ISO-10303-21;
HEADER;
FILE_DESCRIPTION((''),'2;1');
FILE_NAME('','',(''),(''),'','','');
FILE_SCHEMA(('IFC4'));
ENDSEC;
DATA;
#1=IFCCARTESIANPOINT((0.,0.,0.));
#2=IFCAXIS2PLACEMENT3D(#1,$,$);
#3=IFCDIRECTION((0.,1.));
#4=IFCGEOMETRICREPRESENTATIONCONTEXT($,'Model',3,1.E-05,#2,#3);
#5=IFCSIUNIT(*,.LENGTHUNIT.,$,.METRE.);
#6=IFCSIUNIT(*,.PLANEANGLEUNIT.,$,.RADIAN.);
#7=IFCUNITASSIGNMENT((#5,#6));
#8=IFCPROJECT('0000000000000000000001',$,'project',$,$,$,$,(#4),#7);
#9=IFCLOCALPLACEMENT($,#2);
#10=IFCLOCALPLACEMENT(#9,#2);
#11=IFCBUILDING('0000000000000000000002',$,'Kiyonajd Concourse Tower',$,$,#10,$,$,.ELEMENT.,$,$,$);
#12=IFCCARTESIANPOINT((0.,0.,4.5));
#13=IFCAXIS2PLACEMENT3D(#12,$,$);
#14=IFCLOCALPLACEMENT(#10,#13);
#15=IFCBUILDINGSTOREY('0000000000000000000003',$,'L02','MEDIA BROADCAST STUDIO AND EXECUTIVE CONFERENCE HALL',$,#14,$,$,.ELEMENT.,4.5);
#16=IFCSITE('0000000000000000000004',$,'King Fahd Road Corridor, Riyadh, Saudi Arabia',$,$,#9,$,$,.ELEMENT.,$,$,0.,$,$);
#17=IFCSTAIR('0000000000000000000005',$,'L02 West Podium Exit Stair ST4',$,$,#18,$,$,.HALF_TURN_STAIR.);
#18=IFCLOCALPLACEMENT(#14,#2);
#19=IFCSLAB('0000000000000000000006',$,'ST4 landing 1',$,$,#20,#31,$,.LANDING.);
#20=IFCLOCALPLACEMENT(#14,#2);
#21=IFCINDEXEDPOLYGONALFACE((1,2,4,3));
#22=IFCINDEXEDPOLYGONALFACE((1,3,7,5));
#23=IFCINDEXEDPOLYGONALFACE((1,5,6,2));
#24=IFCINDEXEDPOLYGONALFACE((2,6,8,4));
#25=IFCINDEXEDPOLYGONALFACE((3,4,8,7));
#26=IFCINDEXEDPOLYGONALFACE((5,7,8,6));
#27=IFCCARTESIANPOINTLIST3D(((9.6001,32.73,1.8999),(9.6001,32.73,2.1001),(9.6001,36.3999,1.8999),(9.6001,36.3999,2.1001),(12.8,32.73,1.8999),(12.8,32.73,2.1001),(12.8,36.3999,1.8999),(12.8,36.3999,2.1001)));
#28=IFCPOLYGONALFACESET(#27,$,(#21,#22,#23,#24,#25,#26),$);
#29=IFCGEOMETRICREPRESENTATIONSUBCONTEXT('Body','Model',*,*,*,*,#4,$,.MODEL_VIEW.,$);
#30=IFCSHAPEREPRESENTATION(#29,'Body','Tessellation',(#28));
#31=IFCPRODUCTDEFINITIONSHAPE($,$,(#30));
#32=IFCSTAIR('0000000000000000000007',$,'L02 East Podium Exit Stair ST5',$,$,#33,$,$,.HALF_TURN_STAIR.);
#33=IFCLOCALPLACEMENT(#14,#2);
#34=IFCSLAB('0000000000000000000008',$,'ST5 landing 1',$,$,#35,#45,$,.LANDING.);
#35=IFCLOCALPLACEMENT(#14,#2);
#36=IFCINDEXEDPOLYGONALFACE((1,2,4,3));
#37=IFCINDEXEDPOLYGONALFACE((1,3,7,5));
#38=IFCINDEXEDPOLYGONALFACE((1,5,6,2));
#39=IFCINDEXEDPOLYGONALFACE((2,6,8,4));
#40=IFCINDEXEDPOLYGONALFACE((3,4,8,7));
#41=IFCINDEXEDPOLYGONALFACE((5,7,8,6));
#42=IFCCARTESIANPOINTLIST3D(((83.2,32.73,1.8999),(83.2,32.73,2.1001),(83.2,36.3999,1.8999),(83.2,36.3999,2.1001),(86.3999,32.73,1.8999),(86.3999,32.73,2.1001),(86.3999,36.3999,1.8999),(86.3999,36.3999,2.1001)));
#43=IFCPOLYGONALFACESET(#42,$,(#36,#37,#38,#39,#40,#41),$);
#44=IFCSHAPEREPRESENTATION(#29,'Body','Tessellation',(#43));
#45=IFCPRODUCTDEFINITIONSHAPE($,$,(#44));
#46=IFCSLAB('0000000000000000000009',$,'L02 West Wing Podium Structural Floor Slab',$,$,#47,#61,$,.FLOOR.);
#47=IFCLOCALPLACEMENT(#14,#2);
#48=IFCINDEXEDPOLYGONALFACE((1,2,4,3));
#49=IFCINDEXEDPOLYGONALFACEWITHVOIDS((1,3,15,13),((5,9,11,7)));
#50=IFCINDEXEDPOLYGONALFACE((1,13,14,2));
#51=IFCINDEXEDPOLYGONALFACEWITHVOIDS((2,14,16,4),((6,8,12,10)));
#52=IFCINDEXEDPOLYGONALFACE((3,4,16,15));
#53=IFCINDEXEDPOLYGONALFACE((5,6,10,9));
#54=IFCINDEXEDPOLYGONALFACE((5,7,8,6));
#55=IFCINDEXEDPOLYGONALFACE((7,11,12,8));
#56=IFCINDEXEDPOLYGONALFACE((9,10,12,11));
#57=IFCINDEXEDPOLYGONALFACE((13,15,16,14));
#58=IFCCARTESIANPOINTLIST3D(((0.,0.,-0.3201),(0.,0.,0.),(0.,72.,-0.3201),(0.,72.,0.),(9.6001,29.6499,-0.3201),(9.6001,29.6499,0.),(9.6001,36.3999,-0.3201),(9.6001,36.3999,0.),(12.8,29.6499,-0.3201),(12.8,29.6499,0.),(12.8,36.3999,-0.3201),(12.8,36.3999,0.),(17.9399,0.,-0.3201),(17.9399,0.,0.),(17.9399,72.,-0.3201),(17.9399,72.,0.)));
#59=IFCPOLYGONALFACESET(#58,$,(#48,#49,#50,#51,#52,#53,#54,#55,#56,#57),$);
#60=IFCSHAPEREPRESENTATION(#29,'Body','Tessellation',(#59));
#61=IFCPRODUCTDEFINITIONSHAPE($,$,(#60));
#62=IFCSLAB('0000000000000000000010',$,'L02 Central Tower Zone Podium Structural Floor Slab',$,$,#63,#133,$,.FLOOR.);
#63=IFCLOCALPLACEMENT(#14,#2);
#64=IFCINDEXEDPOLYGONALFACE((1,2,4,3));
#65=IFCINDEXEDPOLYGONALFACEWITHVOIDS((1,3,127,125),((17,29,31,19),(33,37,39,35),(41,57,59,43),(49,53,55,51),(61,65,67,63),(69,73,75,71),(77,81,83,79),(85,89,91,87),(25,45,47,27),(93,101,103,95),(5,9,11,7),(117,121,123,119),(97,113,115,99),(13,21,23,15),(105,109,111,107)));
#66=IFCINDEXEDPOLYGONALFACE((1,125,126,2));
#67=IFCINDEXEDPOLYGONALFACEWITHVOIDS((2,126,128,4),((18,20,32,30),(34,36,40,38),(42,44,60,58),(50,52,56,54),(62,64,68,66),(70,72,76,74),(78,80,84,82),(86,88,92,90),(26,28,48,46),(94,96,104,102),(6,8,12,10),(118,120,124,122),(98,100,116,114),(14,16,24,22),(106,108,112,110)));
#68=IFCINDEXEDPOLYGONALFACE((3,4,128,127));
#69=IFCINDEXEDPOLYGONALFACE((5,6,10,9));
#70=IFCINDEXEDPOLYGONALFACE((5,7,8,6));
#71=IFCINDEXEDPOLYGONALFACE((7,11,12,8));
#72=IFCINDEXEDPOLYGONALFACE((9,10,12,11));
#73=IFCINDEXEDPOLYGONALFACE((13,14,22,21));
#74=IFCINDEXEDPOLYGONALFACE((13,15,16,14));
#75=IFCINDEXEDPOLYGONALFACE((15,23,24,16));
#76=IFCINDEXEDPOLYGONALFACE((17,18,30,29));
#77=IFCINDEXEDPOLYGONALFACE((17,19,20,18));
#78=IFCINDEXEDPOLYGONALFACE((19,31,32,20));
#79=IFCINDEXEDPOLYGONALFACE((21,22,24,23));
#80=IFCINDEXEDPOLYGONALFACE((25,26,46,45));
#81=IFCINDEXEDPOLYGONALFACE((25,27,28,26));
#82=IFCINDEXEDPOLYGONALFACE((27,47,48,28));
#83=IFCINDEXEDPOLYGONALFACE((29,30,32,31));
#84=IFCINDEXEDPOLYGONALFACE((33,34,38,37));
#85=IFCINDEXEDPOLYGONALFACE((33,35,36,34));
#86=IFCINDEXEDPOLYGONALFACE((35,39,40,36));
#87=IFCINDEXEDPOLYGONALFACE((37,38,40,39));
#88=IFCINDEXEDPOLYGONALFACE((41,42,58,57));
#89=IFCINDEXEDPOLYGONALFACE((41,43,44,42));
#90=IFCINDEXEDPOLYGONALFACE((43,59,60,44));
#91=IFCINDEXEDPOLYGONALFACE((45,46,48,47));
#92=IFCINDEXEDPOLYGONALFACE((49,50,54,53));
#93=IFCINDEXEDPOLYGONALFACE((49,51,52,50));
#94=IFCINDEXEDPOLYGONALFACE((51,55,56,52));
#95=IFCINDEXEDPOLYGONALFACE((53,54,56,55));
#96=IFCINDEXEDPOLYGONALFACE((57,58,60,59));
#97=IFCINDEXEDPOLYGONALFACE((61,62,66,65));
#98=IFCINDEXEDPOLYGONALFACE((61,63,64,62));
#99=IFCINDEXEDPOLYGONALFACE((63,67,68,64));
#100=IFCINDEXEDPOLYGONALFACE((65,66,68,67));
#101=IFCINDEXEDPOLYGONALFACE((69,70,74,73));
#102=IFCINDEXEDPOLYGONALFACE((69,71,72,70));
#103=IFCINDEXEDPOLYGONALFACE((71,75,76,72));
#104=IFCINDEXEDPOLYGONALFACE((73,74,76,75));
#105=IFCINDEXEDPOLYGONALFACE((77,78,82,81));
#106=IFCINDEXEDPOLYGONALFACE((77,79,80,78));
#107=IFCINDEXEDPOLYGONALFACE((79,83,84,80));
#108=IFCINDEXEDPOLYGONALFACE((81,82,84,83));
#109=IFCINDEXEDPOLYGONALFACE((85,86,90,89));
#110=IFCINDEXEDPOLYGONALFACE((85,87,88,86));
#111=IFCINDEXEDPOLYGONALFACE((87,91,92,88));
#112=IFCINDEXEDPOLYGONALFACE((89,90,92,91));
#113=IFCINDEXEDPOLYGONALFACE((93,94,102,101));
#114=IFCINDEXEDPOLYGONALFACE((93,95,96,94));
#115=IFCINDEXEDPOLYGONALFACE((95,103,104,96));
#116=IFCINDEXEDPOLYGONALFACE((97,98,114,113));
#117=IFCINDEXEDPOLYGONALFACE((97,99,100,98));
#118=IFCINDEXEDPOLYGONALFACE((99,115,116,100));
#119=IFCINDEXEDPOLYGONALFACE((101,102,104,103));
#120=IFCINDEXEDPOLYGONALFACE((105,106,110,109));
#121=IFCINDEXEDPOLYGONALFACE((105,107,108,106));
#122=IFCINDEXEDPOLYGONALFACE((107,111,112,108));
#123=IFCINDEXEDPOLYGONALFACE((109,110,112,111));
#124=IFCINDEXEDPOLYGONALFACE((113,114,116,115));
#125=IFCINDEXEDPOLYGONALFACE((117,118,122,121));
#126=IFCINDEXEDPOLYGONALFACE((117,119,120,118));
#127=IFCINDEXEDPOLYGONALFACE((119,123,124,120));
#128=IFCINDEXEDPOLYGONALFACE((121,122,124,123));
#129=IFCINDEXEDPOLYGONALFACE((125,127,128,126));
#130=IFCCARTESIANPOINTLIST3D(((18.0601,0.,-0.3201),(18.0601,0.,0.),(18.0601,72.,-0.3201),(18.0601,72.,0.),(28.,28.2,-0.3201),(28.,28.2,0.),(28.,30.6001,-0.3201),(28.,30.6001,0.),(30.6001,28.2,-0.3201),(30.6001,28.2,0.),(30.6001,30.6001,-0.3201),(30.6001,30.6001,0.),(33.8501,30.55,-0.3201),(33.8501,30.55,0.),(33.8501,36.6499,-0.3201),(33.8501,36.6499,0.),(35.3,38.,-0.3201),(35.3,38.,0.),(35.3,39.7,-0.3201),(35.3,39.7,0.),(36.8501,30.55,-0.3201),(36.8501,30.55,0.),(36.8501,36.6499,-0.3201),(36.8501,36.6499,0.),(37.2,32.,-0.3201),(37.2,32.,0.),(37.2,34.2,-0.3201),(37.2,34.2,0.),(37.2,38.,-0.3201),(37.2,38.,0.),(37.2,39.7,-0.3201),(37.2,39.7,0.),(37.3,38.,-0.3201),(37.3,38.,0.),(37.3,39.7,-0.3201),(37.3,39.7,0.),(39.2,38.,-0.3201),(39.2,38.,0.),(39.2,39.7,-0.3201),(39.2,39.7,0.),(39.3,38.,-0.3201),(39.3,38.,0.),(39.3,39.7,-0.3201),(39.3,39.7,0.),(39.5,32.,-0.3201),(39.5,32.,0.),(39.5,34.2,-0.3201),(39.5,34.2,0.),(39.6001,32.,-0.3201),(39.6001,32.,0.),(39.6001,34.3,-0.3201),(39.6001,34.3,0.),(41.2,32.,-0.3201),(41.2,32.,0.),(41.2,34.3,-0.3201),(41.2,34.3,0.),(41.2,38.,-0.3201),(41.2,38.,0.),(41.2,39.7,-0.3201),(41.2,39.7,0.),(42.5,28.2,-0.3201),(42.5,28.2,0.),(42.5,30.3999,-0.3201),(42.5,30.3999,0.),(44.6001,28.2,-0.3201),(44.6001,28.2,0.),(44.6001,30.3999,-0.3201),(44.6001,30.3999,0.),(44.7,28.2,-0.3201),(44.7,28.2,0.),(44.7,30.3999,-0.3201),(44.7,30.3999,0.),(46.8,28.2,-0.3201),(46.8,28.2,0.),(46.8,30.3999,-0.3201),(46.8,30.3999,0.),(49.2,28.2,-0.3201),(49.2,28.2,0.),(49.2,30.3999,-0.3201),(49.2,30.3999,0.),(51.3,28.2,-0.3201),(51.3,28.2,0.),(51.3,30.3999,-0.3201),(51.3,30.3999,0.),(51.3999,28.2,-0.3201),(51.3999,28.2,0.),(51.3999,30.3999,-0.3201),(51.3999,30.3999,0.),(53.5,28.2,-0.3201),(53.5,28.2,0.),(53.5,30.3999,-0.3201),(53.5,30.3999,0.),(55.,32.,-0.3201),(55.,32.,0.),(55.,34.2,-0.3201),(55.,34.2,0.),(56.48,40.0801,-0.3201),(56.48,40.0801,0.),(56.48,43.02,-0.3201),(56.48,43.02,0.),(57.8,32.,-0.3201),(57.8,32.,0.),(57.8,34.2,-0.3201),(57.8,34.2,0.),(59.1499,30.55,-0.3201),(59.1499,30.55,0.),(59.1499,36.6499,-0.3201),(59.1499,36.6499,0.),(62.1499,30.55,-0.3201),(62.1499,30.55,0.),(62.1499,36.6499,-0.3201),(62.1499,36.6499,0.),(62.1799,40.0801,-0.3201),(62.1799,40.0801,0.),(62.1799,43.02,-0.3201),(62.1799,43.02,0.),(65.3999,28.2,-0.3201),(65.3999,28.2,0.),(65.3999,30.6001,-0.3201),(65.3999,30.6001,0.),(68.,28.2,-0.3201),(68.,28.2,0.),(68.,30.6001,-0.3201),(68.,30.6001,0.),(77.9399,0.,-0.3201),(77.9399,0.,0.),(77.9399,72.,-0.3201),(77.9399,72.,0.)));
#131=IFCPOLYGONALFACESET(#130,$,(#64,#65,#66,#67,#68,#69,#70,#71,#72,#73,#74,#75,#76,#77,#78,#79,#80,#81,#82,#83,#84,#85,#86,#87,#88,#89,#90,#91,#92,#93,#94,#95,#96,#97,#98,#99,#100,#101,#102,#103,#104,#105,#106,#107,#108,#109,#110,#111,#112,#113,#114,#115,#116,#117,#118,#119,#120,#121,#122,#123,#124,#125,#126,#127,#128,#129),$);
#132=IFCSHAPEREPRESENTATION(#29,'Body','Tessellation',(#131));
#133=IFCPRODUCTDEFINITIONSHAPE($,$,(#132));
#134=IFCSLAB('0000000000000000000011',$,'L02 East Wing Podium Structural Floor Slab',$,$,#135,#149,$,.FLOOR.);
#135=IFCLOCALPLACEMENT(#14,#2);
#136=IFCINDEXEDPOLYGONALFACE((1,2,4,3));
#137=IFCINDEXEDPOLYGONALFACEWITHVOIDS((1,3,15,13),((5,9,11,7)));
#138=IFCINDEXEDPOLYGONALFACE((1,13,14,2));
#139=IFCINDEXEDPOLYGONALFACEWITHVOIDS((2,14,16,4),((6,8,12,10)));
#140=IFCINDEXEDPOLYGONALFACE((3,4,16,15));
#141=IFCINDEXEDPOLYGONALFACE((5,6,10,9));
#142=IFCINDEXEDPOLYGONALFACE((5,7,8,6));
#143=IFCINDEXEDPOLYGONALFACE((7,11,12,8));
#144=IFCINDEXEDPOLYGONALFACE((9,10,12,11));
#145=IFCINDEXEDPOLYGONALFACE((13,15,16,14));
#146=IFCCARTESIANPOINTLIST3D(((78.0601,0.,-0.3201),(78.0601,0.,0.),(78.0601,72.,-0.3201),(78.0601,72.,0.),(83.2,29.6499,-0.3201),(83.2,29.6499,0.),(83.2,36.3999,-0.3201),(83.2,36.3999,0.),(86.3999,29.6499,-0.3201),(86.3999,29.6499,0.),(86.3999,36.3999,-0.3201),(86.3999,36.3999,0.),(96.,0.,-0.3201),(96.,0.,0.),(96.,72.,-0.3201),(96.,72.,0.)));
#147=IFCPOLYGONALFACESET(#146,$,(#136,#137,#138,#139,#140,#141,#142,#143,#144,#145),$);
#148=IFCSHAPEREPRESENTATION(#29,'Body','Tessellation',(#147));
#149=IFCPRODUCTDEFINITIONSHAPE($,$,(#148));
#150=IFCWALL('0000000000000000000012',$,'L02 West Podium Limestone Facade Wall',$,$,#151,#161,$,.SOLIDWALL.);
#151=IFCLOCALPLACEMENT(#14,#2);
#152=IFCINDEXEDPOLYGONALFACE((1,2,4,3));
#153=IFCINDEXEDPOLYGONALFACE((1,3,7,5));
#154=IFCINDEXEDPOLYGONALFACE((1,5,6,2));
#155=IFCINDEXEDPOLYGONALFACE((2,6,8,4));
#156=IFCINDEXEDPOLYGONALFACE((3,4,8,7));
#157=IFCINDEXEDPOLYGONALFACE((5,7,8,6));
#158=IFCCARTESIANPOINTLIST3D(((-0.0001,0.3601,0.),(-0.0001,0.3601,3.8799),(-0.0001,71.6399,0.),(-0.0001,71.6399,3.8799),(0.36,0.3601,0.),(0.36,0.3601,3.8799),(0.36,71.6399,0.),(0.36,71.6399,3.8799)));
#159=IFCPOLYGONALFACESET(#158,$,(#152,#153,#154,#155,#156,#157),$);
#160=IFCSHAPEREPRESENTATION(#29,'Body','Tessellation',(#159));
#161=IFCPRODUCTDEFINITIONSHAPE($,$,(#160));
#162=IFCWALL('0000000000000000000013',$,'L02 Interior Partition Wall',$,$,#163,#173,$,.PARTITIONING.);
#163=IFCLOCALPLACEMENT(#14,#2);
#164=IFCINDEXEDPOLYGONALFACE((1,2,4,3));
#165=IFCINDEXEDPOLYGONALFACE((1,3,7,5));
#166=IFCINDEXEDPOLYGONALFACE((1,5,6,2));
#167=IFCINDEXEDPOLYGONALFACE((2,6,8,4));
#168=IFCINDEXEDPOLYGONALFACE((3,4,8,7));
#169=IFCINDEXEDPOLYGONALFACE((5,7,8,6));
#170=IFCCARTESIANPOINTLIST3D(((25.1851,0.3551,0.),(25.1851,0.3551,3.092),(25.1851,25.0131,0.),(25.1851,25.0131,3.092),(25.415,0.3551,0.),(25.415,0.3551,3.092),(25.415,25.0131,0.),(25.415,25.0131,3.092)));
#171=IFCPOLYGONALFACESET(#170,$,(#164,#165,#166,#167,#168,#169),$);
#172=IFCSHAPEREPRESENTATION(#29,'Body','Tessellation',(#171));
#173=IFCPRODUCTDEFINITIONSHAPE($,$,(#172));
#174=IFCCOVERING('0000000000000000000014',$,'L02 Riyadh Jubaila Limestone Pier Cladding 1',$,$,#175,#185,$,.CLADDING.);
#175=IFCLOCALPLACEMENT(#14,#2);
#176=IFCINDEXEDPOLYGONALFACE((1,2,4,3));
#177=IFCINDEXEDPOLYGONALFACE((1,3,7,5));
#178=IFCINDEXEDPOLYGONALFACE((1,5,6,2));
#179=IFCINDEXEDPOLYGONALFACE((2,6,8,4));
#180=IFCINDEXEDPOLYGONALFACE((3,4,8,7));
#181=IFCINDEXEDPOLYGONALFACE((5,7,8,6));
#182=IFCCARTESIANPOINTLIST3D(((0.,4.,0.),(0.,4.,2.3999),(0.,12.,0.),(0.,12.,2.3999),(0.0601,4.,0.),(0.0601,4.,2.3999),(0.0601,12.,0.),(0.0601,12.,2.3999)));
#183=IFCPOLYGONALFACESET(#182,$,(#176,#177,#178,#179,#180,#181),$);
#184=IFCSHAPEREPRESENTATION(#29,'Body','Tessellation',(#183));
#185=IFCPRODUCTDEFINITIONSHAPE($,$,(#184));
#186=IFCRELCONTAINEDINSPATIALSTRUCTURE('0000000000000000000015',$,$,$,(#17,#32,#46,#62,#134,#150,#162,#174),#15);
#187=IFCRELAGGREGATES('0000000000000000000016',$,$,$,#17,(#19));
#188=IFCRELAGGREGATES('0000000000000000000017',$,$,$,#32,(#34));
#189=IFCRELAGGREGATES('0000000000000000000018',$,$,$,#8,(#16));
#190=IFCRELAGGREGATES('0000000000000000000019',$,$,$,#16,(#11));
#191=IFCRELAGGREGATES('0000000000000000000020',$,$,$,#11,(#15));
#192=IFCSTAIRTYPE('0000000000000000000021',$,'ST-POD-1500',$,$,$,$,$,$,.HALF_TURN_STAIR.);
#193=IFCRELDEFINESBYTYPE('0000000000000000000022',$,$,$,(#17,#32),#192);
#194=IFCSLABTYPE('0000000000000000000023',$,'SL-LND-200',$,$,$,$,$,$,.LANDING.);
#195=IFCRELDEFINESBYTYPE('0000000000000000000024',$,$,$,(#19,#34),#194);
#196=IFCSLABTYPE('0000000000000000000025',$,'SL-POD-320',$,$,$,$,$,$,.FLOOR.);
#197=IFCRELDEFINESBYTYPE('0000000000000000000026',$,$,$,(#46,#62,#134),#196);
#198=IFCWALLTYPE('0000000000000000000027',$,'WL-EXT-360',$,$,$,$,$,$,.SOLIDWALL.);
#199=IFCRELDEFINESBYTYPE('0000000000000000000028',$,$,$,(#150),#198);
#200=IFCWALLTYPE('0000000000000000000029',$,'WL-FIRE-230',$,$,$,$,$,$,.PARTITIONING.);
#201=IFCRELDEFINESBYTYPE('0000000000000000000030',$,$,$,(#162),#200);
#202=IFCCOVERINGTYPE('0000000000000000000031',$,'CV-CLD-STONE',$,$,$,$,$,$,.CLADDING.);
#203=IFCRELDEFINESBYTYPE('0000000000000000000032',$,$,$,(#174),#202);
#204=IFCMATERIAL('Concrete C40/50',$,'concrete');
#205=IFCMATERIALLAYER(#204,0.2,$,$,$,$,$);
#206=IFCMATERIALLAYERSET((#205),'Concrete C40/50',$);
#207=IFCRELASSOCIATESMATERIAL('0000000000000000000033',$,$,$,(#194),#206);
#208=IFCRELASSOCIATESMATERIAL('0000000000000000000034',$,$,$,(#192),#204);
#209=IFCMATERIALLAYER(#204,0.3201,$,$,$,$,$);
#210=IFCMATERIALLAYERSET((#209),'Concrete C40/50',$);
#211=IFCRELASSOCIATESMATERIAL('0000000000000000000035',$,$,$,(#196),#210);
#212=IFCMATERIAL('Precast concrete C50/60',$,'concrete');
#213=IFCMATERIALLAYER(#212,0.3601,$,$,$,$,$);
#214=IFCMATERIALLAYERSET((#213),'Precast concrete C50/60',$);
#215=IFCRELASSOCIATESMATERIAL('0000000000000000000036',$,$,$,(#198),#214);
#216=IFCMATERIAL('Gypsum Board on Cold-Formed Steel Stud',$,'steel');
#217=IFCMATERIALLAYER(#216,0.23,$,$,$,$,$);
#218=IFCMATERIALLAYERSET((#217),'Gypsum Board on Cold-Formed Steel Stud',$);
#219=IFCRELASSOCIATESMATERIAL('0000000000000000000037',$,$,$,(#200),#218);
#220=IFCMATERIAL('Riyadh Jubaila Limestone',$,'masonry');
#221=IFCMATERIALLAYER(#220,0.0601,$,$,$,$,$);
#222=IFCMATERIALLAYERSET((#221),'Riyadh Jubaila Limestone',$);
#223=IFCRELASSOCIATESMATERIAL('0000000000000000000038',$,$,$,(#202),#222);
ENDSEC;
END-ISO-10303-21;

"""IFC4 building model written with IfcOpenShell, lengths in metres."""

from ifc_helpers import new_model, si_unit, direction, frame, frame_2d, origin, place, context, subcontext, project, spatial, polyline, rectangle, outline, extrude, material, layer, layer_set, type_object, element, aggregate, save


model = new_model("IFC4")

# Units and contexts
model_context = context("Model", 3, precision=1e-05, world=origin(), true_north=direction((0.0, 1.0)))
body_context = subcontext(model_context, "Body", "Model", "MODEL_VIEW")
ifc_project = project(units=[si_unit("LENGTHUNIT", "METRE"), si_unit("PLANEANGLEUNIT", "RADIAN")], contexts=[model_context])

# Site, building, storey
site_placement = place(None, origin())
site = spatial("IfcSite", under=ifc_project, at=site_placement, Name="King Fahd Road Corridor, Riyadh, Saudi Arabia", CompositionType="ELEMENT", RefElevation=0.0)
building_placement = place(site_placement, origin())
building = spatial("IfcBuilding", under=site, at=building_placement, Name="Kiyonajd Concourse Tower", CompositionType="ELEMENT")
storey_placement = place(building_placement, frame((0.0, 0.0, 4.5)))
storey = spatial("IfcBuildingStorey", under=building, at=storey_placement, Name="L02", Description="MEDIA BROADCAST STUDIO AND EXECUTIVE CONFERENCE HALL", CompositionType="ELEMENT", Elevation=4.5)

# Stairs, slabs
ifc_material_1 = material(Name="Concrete C40/50", Category="concrete")
ifc_layer_1 = layer(ifc_material_1, 0.2)
ifc_layer_set_1 = layer_set([ifc_layer_1], Name="Concrete C40/50")
slab_type_1 = type_object("IfcSlabType", Name="SL-LND-200", PredefinedType="LANDING", material=ifc_layer_set_1)
stair_type_1 = type_object("IfcStairType", Name="ST-POD-1500", PredefinedType="HALF_TURN_STAIR", material=ifc_material_1)
stair_1_placement = place(storey_placement, origin())
stair_1 = element("IfcStair", 1, at=stair_1_placement, inside=storey, type_object=stair_type_1, Name="L02 West Podium Exit Stair ST4", PredefinedType="HALF_TURN_STAIR")
slab_1_placement = place(storey_placement, frame((0.0, 0.0, 1.8999)))
slab_1 = element("IfcSlab", 2, at=slab_1_placement, type_object=slab_type_1, Name="ST4 landing 1", PredefinedType="LANDING", context=body_context, shape_type="SweptSolid", body=[
    extrude(outline(polyline([(12.8, 32.73), (12.8, 36.3999), (9.6001, 36.3999), (9.6001, 32.73), (12.8, 32.73)])), origin(), (0.0, 0.0, 1.0), 0.2002),
])
aggregate(stair_1, [slab_1])
stair_2_placement = place(storey_placement, origin())
stair_2 = element("IfcStair", 3, at=stair_2_placement, inside=storey, type_object=stair_type_1, Name="L02 East Podium Exit Stair ST5", PredefinedType="HALF_TURN_STAIR")
slab_2_placement = place(storey_placement, frame((0.0, 0.0, 1.8999)))
slab_2 = element("IfcSlab", 4, at=slab_2_placement, type_object=slab_type_1, Name="ST5 landing 1", PredefinedType="LANDING", context=body_context, shape_type="SweptSolid", body=[
    extrude(outline(polyline([(86.3999, 32.73), (86.3999, 36.3999), (83.2, 36.3999), (83.2, 32.73), (86.3999, 32.73)])), origin(), (0.0, 0.0, 1.0), 0.2002),
])
aggregate(stair_2, [slab_2])

# Slabs
ifc_layer_2 = layer(ifc_material_1, 0.3201)
ifc_layer_set_2 = layer_set([ifc_layer_2], Name="Concrete C40/50")
slab_type_2 = type_object("IfcSlabType", Name="SL-POD-320", PredefinedType="FLOOR", material=ifc_layer_set_2)
slab_3_placement = place(storey_placement, frame((0.0, 0.0, -0.3201)))
element("IfcSlab", 5, at=slab_3_placement, inside=storey, type_object=slab_type_2, Name="L02 West Wing Podium Structural Floor Slab", PredefinedType="FLOOR", context=body_context, shape_type="SweptSolid", body=[
    extrude(outline(polyline([(0.0, 0.0), (17.9399, 0.0), (17.9399, 72.0), (0.0, 72.0), (0.0, 0.0)]), holes=[polyline([(9.6001, 29.6499), (9.6001, 36.3999), (12.8, 36.3999), (12.8, 29.6499), (9.6001, 29.6499)])]), origin(), (0.0, 0.0, 1.0), 0.3201),
])
slab_4_placement = place(storey_placement, frame((0.0, 0.0, -0.3201)))
element("IfcSlab", 6, at=slab_4_placement, inside=storey, type_object=slab_type_2, Name="L02 Central Tower Zone Podium Structural Floor Slab", PredefinedType="FLOOR", context=body_context, shape_type="SweptSolid", body=[
    extrude(outline(polyline([(18.0601, 0.0), (77.9399, 0.0), (77.9399, 72.0), (18.0601, 72.0), (18.0601, 0.0)]), holes=[polyline([(42.5, 28.2), (42.5, 30.3999), (44.6001, 30.3999), (44.6001, 28.2), (42.5, 28.2)]), polyline([(28.0, 28.2), (28.0, 30.6001), (30.6001, 30.6001), (30.6001, 28.2), (28.0, 28.2)]), polyline([(37.2, 32.0), (37.2, 34.2), (39.5, 34.2), (39.5, 32.0), (37.2, 32.0)]), polyline([(39.6001, 32.0), (39.6001, 34.3), (41.2, 34.3), (41.2, 32.0), (39.6001, 32.0)]), polyline([(33.8501, 30.55), (33.8501, 36.6499), (36.8501, 36.6499), (36.8501, 30.55), (33.8501, 30.55)]), polyline([(35.3, 38.0), (35.3, 39.7), (37.2, 39.7), (37.2, 38.0), (35.3, 38.0)]), polyline([(37.3, 38.0), (37.3, 39.7), (39.2, 39.7), (39.2, 38.0), (37.3, 38.0)]), polyline([(39.3, 38.0), (39.3, 39.7), (41.2, 39.7), (41.2, 38.0), (39.3, 38.0)]), polyline([(44.7, 28.2), (44.7, 30.3999), (46.8, 30.3999), (46.8, 28.2), (44.7, 28.2)]), polyline([(49.2, 28.2), (49.2, 30.3999), (51.3, 30.3999), (51.3, 28.2), (49.2, 28.2)]), polyline([(51.3999, 28.2), (51.3999, 30.3999), (53.5, 30.3999), (53.5, 28.2), (51.3999, 28.2)]), polyline([(65.3999, 28.2), (65.3999, 30.6001), (68.0, 30.6001), (68.0, 28.2), (65.3999, 28.2)]), polyline([(55.0, 32.0), (55.0, 34.2), (57.8, 34.2), (57.8, 32.0), (55.0, 32.0)]), polyline([(59.1499, 36.6499), (62.1499, 36.6499), (62.1499, 30.55), (59.1499, 30.55), (59.1499, 36.6499)]), polyline([(62.1799, 43.02), (62.1799, 40.0801), (56.48, 40.0801), (56.48, 43.02), (62.1799, 43.02)])]), origin(), (0.0, 0.0, 1.0), 0.3201),
])
slab_5_placement = place(storey_placement, frame((0.0, 0.0, -0.3201)))
element("IfcSlab", 7, at=slab_5_placement, inside=storey, type_object=slab_type_2, Name="L02 East Wing Podium Structural Floor Slab", PredefinedType="FLOOR", context=body_context, shape_type="SweptSolid", body=[
    extrude(outline(polyline([(78.0601, 0.0), (96.0, 0.0), (96.0, 72.0), (78.0601, 72.0), (78.0601, 0.0)]), holes=[polyline([(83.2, 29.6499), (83.2, 36.3999), (86.3999, 36.3999), (86.3999, 29.6499), (83.2, 29.6499)])]), origin(), (0.0, 0.0, 1.0), 0.3201),
])

# Walls
ifc_material_2 = material(Name="Precast concrete C50/60", Category="concrete")
ifc_layer_3 = layer(ifc_material_2, 0.3601)
ifc_layer_set_3 = layer_set([ifc_layer_3], Name="Precast concrete C50/60")
wall_type_1 = type_object("IfcWallType", Name="WL-EXT-360", PredefinedType="SOLIDWALL", material=ifc_layer_set_3)
wall_1_placement = place(storey_placement, frame((0.1799, 0.3601, 0.0), z_axis=(0.0, 0.0, 1.0), x_axis=(0.0, 1.0, 0.0)))
element("IfcWall", 8, at=wall_1_placement, inside=storey, type_object=wall_type_1, Name="L02 West Podium Limestone Facade Wall", PredefinedType="SOLIDWALL", context=body_context, shape_type="SweptSolid", body=[
    extrude(rectangle(XDim=71.2798, YDim=0.3601, at=frame_2d((35.6399, 0.0))), origin(), (0.0, 0.0, 1.0), 3.8799),
])
ifc_material_3 = material(Name="Gypsum Board on Cold-Formed Steel Stud", Category="steel")
ifc_layer_4 = layer(ifc_material_3, 0.23)
ifc_layer_set_4 = layer_set([ifc_layer_4], Name="Gypsum Board on Cold-Formed Steel Stud")
wall_type_2 = type_object("IfcWallType", Name="WL-FIRE-230", PredefinedType="PARTITIONING", material=ifc_layer_set_4)
wall_2_placement = place(storey_placement, frame((25.3, 0.355, 0.0), z_axis=(0.0, 0.0, 1.0), x_axis=(0.0, 1.0, 0.0)))
element("IfcWall", 9, at=wall_2_placement, inside=storey, type_object=wall_type_2, Name="L02 Interior Partition Wall", PredefinedType="PARTITIONING", context=body_context, shape_type="SweptSolid", body=[
    extrude(rectangle(XDim=24.658, YDim=0.23, at=frame_2d((12.3291, 0.0))), origin(), (0.0, 0.0, 1.0), 3.092),
])

# Covering
ifc_material_4 = material(Name="Riyadh Jubaila Limestone", Category="masonry")
ifc_layer_5 = layer(ifc_material_4, 0.0601)
ifc_layer_set_5 = layer_set([ifc_layer_5], Name="Riyadh Jubaila Limestone")
covering_type_1 = type_object("IfcCoveringType", Name="CV-CLD-STONE", PredefinedType="CLADDING", material=ifc_layer_set_5)
covering_1_placement = place(storey_placement, origin())
element("IfcCovering", 10, at=covering_1_placement, inside=storey, type_object=covering_type_1, Name="L02 Riyadh Jubaila Limestone Pier Cladding 1", PredefinedType="CLADDING", context=body_context, shape_type="SweptSolid", body=[
    extrude(outline(polyline([(0.0, 4.0), (0.0601, 4.0), (0.0601, 12.0), (0.0, 12.0), (0.0, 4.0)])), origin(), (0.0, 0.0, 1.0), 2.3999),
])

save(model, "model.ifc")
